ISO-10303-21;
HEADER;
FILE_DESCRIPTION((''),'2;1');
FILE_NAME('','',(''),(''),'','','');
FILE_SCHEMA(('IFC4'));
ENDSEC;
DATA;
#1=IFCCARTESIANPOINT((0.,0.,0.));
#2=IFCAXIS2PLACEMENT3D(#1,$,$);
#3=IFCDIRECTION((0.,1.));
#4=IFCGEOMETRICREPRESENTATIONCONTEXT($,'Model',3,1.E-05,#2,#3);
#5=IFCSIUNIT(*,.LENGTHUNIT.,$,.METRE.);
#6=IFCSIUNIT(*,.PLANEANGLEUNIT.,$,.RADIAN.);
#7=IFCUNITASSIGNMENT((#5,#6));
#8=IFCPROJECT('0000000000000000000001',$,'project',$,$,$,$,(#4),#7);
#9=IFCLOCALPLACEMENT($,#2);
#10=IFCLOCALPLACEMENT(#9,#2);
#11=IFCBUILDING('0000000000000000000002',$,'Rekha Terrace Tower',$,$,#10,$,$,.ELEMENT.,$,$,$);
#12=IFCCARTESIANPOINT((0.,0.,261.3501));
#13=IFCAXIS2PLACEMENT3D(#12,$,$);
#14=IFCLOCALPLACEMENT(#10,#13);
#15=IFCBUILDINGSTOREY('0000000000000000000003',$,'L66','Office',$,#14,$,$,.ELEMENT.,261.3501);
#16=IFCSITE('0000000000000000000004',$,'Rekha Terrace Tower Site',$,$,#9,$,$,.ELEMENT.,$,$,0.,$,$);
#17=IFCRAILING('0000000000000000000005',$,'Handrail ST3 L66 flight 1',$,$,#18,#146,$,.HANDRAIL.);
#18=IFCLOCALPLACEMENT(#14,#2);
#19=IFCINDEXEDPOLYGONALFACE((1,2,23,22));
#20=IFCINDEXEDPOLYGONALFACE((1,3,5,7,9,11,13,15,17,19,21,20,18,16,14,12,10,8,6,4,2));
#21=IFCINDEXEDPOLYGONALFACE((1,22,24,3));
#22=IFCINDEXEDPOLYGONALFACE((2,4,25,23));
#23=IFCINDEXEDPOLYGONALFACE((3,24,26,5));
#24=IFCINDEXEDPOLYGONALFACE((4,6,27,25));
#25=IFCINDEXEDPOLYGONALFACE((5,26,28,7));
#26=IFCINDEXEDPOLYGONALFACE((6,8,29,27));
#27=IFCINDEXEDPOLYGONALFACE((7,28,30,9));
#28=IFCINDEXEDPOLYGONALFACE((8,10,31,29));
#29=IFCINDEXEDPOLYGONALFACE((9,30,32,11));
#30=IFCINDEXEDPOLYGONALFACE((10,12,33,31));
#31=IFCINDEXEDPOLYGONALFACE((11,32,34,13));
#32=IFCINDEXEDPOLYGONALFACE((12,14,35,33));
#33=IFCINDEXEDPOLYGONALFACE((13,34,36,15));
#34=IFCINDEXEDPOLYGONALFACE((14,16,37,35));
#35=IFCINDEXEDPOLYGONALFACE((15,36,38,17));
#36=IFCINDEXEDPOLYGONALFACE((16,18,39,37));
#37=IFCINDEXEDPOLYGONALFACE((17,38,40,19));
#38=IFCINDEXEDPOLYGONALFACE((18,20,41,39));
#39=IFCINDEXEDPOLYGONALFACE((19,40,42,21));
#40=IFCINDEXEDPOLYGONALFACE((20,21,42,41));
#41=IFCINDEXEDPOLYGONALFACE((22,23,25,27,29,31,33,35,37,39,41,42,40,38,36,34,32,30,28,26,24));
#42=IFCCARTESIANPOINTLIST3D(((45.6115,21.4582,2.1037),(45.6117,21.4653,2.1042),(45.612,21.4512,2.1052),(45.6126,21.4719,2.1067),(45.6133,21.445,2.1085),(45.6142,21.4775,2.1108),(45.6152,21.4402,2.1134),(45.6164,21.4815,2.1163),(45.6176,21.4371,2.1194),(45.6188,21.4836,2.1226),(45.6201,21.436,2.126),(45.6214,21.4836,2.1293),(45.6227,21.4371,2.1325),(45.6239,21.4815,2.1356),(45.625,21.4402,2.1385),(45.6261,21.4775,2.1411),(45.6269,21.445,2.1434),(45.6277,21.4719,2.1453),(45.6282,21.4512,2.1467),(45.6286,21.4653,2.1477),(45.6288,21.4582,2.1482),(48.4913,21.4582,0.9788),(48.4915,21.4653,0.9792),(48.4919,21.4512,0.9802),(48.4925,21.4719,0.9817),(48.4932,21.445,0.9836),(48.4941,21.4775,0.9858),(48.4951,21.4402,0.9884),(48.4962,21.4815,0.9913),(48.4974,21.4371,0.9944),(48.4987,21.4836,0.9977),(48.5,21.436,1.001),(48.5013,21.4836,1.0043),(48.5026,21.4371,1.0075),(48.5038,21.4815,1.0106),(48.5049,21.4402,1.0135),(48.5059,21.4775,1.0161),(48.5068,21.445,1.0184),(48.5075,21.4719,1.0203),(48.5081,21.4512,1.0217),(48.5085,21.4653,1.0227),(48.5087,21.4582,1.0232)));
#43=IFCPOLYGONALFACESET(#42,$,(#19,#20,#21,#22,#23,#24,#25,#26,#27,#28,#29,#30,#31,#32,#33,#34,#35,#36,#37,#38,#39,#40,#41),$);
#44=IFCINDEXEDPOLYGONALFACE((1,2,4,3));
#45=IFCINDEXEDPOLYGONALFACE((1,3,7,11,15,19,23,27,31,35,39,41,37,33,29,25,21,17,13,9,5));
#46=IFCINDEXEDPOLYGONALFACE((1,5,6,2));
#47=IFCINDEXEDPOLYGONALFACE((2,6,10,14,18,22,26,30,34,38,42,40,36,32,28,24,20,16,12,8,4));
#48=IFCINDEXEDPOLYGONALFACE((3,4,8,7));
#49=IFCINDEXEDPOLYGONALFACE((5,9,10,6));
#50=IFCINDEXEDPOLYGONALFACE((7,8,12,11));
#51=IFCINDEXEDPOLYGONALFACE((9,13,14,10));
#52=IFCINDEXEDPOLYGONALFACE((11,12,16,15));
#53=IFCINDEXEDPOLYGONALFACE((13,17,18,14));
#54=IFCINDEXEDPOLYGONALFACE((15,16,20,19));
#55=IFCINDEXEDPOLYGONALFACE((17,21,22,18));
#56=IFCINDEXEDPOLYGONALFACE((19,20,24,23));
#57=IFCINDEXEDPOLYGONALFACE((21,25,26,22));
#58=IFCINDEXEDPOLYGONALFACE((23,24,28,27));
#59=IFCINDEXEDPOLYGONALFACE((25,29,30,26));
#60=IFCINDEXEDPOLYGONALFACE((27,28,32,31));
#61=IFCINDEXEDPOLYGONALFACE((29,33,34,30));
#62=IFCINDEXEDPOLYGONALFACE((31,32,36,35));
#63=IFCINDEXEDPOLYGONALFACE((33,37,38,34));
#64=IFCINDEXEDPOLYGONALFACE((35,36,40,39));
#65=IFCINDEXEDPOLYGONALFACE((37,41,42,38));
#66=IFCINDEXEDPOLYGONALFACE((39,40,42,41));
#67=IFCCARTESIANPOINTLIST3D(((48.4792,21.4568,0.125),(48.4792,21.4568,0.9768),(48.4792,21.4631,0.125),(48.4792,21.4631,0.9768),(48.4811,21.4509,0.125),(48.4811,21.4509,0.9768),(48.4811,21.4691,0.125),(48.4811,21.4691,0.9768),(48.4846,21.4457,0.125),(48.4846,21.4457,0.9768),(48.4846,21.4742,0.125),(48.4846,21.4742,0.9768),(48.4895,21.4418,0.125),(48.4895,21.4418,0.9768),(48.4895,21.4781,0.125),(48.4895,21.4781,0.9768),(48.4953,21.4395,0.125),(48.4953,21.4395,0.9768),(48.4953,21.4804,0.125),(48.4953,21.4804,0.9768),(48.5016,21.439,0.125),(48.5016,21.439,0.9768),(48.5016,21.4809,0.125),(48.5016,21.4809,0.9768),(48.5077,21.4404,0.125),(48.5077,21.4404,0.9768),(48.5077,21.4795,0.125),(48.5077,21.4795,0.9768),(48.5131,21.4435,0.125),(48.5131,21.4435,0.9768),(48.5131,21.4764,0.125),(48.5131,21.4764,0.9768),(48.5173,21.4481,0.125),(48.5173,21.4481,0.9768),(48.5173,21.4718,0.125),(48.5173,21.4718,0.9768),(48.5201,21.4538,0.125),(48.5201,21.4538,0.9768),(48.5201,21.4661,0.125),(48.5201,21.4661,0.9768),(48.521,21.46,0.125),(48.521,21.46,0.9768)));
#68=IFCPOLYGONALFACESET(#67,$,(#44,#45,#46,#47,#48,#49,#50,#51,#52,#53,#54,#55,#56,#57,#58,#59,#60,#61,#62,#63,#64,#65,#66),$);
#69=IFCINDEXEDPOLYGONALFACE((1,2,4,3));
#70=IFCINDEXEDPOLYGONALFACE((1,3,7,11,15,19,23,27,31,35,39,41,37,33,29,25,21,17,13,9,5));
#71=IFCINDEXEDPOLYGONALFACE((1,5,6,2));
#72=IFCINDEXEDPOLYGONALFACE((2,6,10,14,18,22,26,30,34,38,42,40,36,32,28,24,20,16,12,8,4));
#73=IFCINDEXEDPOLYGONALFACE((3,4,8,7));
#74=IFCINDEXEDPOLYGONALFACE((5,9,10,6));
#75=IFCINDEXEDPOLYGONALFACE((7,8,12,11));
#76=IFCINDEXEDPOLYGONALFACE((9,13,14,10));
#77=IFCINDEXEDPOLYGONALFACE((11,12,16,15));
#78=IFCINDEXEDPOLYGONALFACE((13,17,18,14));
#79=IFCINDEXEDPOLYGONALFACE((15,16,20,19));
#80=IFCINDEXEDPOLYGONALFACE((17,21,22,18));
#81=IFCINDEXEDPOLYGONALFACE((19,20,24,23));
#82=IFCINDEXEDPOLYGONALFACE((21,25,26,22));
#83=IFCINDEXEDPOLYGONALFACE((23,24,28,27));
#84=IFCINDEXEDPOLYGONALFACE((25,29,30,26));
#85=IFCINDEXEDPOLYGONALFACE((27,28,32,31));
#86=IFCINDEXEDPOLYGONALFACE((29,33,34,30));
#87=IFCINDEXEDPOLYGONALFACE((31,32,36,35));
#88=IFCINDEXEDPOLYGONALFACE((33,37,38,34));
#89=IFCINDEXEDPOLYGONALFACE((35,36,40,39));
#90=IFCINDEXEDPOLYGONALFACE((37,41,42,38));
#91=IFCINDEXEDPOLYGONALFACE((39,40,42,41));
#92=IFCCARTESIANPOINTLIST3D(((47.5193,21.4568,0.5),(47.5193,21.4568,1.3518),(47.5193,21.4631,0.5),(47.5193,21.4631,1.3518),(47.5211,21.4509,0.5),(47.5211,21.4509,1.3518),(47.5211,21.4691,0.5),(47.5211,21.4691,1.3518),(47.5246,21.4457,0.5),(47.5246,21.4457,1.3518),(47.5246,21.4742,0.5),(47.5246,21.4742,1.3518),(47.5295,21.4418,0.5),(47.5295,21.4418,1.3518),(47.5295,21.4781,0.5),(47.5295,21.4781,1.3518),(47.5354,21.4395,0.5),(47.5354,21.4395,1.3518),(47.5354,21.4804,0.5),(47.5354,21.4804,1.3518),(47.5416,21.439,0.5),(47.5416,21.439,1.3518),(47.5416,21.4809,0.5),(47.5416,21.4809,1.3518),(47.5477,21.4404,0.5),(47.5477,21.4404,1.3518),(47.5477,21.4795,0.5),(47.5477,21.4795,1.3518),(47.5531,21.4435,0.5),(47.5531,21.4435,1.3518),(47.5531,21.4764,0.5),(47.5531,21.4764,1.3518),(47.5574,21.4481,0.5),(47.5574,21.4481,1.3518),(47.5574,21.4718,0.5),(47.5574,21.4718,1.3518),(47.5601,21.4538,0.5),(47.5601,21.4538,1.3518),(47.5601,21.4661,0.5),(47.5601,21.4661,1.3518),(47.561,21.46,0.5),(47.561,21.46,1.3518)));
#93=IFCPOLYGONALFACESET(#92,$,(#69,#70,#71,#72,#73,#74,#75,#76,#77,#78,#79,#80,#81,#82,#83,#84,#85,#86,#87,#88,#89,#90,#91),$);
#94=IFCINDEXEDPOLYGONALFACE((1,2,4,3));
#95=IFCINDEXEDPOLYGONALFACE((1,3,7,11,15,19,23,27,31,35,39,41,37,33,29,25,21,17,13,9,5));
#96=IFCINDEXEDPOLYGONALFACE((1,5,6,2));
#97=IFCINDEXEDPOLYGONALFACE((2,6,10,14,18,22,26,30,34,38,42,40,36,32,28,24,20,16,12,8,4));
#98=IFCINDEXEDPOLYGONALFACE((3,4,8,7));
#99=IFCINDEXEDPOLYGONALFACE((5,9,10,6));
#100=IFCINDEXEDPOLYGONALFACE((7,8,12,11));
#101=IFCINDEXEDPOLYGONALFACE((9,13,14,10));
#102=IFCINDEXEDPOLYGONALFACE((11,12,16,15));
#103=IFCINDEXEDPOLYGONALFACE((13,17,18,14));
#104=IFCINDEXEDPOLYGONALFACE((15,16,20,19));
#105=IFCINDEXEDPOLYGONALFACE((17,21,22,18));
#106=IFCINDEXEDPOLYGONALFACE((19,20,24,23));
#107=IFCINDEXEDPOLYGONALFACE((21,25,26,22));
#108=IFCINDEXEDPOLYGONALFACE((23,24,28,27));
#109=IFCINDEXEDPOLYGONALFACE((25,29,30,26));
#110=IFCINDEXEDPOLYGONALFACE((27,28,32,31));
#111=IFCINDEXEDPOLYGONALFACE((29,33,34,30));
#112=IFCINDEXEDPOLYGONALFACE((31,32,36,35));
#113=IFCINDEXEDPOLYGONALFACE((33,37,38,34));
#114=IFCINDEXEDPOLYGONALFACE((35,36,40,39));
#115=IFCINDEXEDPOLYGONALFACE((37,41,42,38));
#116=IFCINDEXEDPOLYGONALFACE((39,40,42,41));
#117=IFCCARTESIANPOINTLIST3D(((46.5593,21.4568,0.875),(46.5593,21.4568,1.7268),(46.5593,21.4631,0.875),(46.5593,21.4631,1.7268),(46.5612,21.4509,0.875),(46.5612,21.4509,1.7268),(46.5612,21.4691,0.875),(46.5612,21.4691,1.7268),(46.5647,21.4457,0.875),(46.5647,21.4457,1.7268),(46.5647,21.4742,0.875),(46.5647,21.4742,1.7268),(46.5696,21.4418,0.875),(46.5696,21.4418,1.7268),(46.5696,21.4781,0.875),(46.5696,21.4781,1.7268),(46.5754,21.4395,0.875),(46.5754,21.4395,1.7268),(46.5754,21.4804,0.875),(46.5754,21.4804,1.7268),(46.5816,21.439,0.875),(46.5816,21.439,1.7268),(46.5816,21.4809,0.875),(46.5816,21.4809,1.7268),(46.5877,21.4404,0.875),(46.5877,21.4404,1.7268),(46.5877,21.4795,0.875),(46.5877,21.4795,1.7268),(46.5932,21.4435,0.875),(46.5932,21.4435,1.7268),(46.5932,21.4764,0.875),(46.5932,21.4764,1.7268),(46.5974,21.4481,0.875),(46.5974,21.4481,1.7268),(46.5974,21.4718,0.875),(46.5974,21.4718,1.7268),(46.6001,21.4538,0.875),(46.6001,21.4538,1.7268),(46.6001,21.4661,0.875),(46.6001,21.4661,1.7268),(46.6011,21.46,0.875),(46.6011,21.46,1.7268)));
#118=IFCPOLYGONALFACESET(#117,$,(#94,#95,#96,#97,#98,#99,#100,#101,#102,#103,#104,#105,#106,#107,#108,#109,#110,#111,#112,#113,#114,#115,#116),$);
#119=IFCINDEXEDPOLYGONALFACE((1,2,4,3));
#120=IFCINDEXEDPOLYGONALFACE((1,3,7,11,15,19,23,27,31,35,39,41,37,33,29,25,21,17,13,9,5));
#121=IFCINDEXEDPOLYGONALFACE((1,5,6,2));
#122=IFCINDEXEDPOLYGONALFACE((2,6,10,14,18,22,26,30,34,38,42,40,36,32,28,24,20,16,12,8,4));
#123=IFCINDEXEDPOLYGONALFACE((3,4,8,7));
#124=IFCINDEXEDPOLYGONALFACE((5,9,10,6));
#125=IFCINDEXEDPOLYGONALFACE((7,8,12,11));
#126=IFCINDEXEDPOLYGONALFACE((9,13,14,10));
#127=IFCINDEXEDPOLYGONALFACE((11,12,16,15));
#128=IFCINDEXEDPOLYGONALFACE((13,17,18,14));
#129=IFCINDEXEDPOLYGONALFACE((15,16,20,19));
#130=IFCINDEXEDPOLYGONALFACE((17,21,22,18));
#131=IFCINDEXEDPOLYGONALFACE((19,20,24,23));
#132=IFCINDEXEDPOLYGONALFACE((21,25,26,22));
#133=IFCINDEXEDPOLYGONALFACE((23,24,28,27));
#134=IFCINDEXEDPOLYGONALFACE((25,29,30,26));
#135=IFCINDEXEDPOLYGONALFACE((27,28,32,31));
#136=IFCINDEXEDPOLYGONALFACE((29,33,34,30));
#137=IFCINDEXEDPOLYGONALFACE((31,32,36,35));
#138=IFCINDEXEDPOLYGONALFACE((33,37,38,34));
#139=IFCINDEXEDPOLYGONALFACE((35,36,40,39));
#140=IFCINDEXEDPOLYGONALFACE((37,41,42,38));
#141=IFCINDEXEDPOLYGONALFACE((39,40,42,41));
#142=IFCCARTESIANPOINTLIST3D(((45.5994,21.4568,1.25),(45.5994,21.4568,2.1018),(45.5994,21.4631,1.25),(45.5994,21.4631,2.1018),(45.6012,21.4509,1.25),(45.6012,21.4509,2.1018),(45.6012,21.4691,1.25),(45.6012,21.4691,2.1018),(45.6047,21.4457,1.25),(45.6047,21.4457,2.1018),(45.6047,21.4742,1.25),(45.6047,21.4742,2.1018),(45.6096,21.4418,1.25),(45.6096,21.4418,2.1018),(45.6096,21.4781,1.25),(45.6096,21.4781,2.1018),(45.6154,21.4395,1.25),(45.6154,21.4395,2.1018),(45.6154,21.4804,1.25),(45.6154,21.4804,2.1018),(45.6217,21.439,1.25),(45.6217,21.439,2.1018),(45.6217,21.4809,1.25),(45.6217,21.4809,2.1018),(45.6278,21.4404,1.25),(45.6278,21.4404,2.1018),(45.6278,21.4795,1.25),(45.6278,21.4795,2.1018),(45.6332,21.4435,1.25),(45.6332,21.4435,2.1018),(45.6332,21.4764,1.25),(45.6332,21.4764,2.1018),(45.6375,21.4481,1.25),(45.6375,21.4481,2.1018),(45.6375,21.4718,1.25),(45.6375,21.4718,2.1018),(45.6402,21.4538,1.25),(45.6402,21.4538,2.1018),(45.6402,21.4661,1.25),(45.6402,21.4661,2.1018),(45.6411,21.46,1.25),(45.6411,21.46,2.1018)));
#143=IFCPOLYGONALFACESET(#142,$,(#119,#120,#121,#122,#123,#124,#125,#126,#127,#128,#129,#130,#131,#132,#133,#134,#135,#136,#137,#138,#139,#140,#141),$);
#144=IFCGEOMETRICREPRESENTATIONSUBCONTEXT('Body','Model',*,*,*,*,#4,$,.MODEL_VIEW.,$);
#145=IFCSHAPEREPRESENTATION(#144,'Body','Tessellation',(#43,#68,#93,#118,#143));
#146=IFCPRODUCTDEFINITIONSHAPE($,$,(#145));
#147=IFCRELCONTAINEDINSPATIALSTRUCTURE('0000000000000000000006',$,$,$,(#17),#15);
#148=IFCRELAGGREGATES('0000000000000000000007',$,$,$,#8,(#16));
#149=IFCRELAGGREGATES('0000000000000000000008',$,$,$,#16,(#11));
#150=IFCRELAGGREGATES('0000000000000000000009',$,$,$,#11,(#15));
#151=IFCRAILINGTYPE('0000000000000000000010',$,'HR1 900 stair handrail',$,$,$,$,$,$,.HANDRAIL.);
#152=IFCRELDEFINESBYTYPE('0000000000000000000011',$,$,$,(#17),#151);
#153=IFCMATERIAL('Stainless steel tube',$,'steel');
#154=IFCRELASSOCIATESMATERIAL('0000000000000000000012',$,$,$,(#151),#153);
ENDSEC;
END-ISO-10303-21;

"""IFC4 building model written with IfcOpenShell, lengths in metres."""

from ifc_helpers import new_model, si_unit, direction, frame, origin, origin_2d, place, context, subcontext, project, spatial, circle, extrude, material, type_object, element, save


model = new_model("IFC4")

# Units and contexts
model_context = context("Model", 3, precision=1e-05, world=origin(), true_north=direction((0.0, 1.0)))
body_context = subcontext(model_context, "Body", "Model", "MODEL_VIEW")
ifc_project = project(units=[si_unit("LENGTHUNIT", "METRE"), si_unit("PLANEANGLEUNIT", "RADIAN")], contexts=[model_context])

# Site, building, storey
site_placement = place(None, origin())
site = spatial("IfcSite", under=ifc_project, at=site_placement, Name="Rekha Terrace Tower Site", CompositionType="ELEMENT", RefElevation=0.0)
building_placement = place(site_placement, origin())
building = spatial("IfcBuilding", under=site, at=building_placement, Name="Rekha Terrace Tower", CompositionType="ELEMENT")
storey_placement = place(building_placement, frame((0.0, 0.0, 261.3501)))
storey = spatial("IfcBuildingStorey", under=building, at=storey_placement, Name="L66", Description="Office", CompositionType="ELEMENT", Elevation=261.3501)

# Railing
ifc_material_1 = material(Name="Stainless steel tube", Category="steel")
railing_type_1 = type_object("IfcRailingType", Name="HR1 900 stair handrail", PredefinedType="HANDRAIL", material=ifc_material_1)
railing_1_placement = place(storey_placement, frame((48.5, 21.46, 0.125)))
element("IfcRailing", 1, at=railing_1_placement, inside=storey, type_object=railing_type_1, Name="Handrail ST3 L66 flight 1", PredefinedType="HANDRAIL", context=body_context, shape_type="SweptSolid", body=[
    extrude(circle(Radius=0.0239, at=origin_2d()), frame((0.0, 0.0, 0.876), z_axis=(-0.931452, 0.0, 0.363863), x_axis=(0.0, -1.0, 0.0)), (0.0, 0.0, 1.0), 3.0918),
    extrude(circle(Radius=0.021, at=origin_2d()), origin(), (0.0, 0.0, 1.0), 0.8518),
    extrude(circle(Radius=0.021, at=origin_2d()), frame((-0.96, 0.0, 0.375)), (0.0, 0.0, 1.0), 0.8518),
    extrude(circle(Radius=0.021, at=origin_2d()), frame((-1.9199, 0.0, 0.75)), (0.0, 0.0, 1.0), 0.8518),
    extrude(circle(Radius=0.021, at=origin_2d()), frame((-2.8799, 0.0, 1.125)), (0.0, 0.0, 1.0), 0.8518),
])

save(model, "model.ifc")
